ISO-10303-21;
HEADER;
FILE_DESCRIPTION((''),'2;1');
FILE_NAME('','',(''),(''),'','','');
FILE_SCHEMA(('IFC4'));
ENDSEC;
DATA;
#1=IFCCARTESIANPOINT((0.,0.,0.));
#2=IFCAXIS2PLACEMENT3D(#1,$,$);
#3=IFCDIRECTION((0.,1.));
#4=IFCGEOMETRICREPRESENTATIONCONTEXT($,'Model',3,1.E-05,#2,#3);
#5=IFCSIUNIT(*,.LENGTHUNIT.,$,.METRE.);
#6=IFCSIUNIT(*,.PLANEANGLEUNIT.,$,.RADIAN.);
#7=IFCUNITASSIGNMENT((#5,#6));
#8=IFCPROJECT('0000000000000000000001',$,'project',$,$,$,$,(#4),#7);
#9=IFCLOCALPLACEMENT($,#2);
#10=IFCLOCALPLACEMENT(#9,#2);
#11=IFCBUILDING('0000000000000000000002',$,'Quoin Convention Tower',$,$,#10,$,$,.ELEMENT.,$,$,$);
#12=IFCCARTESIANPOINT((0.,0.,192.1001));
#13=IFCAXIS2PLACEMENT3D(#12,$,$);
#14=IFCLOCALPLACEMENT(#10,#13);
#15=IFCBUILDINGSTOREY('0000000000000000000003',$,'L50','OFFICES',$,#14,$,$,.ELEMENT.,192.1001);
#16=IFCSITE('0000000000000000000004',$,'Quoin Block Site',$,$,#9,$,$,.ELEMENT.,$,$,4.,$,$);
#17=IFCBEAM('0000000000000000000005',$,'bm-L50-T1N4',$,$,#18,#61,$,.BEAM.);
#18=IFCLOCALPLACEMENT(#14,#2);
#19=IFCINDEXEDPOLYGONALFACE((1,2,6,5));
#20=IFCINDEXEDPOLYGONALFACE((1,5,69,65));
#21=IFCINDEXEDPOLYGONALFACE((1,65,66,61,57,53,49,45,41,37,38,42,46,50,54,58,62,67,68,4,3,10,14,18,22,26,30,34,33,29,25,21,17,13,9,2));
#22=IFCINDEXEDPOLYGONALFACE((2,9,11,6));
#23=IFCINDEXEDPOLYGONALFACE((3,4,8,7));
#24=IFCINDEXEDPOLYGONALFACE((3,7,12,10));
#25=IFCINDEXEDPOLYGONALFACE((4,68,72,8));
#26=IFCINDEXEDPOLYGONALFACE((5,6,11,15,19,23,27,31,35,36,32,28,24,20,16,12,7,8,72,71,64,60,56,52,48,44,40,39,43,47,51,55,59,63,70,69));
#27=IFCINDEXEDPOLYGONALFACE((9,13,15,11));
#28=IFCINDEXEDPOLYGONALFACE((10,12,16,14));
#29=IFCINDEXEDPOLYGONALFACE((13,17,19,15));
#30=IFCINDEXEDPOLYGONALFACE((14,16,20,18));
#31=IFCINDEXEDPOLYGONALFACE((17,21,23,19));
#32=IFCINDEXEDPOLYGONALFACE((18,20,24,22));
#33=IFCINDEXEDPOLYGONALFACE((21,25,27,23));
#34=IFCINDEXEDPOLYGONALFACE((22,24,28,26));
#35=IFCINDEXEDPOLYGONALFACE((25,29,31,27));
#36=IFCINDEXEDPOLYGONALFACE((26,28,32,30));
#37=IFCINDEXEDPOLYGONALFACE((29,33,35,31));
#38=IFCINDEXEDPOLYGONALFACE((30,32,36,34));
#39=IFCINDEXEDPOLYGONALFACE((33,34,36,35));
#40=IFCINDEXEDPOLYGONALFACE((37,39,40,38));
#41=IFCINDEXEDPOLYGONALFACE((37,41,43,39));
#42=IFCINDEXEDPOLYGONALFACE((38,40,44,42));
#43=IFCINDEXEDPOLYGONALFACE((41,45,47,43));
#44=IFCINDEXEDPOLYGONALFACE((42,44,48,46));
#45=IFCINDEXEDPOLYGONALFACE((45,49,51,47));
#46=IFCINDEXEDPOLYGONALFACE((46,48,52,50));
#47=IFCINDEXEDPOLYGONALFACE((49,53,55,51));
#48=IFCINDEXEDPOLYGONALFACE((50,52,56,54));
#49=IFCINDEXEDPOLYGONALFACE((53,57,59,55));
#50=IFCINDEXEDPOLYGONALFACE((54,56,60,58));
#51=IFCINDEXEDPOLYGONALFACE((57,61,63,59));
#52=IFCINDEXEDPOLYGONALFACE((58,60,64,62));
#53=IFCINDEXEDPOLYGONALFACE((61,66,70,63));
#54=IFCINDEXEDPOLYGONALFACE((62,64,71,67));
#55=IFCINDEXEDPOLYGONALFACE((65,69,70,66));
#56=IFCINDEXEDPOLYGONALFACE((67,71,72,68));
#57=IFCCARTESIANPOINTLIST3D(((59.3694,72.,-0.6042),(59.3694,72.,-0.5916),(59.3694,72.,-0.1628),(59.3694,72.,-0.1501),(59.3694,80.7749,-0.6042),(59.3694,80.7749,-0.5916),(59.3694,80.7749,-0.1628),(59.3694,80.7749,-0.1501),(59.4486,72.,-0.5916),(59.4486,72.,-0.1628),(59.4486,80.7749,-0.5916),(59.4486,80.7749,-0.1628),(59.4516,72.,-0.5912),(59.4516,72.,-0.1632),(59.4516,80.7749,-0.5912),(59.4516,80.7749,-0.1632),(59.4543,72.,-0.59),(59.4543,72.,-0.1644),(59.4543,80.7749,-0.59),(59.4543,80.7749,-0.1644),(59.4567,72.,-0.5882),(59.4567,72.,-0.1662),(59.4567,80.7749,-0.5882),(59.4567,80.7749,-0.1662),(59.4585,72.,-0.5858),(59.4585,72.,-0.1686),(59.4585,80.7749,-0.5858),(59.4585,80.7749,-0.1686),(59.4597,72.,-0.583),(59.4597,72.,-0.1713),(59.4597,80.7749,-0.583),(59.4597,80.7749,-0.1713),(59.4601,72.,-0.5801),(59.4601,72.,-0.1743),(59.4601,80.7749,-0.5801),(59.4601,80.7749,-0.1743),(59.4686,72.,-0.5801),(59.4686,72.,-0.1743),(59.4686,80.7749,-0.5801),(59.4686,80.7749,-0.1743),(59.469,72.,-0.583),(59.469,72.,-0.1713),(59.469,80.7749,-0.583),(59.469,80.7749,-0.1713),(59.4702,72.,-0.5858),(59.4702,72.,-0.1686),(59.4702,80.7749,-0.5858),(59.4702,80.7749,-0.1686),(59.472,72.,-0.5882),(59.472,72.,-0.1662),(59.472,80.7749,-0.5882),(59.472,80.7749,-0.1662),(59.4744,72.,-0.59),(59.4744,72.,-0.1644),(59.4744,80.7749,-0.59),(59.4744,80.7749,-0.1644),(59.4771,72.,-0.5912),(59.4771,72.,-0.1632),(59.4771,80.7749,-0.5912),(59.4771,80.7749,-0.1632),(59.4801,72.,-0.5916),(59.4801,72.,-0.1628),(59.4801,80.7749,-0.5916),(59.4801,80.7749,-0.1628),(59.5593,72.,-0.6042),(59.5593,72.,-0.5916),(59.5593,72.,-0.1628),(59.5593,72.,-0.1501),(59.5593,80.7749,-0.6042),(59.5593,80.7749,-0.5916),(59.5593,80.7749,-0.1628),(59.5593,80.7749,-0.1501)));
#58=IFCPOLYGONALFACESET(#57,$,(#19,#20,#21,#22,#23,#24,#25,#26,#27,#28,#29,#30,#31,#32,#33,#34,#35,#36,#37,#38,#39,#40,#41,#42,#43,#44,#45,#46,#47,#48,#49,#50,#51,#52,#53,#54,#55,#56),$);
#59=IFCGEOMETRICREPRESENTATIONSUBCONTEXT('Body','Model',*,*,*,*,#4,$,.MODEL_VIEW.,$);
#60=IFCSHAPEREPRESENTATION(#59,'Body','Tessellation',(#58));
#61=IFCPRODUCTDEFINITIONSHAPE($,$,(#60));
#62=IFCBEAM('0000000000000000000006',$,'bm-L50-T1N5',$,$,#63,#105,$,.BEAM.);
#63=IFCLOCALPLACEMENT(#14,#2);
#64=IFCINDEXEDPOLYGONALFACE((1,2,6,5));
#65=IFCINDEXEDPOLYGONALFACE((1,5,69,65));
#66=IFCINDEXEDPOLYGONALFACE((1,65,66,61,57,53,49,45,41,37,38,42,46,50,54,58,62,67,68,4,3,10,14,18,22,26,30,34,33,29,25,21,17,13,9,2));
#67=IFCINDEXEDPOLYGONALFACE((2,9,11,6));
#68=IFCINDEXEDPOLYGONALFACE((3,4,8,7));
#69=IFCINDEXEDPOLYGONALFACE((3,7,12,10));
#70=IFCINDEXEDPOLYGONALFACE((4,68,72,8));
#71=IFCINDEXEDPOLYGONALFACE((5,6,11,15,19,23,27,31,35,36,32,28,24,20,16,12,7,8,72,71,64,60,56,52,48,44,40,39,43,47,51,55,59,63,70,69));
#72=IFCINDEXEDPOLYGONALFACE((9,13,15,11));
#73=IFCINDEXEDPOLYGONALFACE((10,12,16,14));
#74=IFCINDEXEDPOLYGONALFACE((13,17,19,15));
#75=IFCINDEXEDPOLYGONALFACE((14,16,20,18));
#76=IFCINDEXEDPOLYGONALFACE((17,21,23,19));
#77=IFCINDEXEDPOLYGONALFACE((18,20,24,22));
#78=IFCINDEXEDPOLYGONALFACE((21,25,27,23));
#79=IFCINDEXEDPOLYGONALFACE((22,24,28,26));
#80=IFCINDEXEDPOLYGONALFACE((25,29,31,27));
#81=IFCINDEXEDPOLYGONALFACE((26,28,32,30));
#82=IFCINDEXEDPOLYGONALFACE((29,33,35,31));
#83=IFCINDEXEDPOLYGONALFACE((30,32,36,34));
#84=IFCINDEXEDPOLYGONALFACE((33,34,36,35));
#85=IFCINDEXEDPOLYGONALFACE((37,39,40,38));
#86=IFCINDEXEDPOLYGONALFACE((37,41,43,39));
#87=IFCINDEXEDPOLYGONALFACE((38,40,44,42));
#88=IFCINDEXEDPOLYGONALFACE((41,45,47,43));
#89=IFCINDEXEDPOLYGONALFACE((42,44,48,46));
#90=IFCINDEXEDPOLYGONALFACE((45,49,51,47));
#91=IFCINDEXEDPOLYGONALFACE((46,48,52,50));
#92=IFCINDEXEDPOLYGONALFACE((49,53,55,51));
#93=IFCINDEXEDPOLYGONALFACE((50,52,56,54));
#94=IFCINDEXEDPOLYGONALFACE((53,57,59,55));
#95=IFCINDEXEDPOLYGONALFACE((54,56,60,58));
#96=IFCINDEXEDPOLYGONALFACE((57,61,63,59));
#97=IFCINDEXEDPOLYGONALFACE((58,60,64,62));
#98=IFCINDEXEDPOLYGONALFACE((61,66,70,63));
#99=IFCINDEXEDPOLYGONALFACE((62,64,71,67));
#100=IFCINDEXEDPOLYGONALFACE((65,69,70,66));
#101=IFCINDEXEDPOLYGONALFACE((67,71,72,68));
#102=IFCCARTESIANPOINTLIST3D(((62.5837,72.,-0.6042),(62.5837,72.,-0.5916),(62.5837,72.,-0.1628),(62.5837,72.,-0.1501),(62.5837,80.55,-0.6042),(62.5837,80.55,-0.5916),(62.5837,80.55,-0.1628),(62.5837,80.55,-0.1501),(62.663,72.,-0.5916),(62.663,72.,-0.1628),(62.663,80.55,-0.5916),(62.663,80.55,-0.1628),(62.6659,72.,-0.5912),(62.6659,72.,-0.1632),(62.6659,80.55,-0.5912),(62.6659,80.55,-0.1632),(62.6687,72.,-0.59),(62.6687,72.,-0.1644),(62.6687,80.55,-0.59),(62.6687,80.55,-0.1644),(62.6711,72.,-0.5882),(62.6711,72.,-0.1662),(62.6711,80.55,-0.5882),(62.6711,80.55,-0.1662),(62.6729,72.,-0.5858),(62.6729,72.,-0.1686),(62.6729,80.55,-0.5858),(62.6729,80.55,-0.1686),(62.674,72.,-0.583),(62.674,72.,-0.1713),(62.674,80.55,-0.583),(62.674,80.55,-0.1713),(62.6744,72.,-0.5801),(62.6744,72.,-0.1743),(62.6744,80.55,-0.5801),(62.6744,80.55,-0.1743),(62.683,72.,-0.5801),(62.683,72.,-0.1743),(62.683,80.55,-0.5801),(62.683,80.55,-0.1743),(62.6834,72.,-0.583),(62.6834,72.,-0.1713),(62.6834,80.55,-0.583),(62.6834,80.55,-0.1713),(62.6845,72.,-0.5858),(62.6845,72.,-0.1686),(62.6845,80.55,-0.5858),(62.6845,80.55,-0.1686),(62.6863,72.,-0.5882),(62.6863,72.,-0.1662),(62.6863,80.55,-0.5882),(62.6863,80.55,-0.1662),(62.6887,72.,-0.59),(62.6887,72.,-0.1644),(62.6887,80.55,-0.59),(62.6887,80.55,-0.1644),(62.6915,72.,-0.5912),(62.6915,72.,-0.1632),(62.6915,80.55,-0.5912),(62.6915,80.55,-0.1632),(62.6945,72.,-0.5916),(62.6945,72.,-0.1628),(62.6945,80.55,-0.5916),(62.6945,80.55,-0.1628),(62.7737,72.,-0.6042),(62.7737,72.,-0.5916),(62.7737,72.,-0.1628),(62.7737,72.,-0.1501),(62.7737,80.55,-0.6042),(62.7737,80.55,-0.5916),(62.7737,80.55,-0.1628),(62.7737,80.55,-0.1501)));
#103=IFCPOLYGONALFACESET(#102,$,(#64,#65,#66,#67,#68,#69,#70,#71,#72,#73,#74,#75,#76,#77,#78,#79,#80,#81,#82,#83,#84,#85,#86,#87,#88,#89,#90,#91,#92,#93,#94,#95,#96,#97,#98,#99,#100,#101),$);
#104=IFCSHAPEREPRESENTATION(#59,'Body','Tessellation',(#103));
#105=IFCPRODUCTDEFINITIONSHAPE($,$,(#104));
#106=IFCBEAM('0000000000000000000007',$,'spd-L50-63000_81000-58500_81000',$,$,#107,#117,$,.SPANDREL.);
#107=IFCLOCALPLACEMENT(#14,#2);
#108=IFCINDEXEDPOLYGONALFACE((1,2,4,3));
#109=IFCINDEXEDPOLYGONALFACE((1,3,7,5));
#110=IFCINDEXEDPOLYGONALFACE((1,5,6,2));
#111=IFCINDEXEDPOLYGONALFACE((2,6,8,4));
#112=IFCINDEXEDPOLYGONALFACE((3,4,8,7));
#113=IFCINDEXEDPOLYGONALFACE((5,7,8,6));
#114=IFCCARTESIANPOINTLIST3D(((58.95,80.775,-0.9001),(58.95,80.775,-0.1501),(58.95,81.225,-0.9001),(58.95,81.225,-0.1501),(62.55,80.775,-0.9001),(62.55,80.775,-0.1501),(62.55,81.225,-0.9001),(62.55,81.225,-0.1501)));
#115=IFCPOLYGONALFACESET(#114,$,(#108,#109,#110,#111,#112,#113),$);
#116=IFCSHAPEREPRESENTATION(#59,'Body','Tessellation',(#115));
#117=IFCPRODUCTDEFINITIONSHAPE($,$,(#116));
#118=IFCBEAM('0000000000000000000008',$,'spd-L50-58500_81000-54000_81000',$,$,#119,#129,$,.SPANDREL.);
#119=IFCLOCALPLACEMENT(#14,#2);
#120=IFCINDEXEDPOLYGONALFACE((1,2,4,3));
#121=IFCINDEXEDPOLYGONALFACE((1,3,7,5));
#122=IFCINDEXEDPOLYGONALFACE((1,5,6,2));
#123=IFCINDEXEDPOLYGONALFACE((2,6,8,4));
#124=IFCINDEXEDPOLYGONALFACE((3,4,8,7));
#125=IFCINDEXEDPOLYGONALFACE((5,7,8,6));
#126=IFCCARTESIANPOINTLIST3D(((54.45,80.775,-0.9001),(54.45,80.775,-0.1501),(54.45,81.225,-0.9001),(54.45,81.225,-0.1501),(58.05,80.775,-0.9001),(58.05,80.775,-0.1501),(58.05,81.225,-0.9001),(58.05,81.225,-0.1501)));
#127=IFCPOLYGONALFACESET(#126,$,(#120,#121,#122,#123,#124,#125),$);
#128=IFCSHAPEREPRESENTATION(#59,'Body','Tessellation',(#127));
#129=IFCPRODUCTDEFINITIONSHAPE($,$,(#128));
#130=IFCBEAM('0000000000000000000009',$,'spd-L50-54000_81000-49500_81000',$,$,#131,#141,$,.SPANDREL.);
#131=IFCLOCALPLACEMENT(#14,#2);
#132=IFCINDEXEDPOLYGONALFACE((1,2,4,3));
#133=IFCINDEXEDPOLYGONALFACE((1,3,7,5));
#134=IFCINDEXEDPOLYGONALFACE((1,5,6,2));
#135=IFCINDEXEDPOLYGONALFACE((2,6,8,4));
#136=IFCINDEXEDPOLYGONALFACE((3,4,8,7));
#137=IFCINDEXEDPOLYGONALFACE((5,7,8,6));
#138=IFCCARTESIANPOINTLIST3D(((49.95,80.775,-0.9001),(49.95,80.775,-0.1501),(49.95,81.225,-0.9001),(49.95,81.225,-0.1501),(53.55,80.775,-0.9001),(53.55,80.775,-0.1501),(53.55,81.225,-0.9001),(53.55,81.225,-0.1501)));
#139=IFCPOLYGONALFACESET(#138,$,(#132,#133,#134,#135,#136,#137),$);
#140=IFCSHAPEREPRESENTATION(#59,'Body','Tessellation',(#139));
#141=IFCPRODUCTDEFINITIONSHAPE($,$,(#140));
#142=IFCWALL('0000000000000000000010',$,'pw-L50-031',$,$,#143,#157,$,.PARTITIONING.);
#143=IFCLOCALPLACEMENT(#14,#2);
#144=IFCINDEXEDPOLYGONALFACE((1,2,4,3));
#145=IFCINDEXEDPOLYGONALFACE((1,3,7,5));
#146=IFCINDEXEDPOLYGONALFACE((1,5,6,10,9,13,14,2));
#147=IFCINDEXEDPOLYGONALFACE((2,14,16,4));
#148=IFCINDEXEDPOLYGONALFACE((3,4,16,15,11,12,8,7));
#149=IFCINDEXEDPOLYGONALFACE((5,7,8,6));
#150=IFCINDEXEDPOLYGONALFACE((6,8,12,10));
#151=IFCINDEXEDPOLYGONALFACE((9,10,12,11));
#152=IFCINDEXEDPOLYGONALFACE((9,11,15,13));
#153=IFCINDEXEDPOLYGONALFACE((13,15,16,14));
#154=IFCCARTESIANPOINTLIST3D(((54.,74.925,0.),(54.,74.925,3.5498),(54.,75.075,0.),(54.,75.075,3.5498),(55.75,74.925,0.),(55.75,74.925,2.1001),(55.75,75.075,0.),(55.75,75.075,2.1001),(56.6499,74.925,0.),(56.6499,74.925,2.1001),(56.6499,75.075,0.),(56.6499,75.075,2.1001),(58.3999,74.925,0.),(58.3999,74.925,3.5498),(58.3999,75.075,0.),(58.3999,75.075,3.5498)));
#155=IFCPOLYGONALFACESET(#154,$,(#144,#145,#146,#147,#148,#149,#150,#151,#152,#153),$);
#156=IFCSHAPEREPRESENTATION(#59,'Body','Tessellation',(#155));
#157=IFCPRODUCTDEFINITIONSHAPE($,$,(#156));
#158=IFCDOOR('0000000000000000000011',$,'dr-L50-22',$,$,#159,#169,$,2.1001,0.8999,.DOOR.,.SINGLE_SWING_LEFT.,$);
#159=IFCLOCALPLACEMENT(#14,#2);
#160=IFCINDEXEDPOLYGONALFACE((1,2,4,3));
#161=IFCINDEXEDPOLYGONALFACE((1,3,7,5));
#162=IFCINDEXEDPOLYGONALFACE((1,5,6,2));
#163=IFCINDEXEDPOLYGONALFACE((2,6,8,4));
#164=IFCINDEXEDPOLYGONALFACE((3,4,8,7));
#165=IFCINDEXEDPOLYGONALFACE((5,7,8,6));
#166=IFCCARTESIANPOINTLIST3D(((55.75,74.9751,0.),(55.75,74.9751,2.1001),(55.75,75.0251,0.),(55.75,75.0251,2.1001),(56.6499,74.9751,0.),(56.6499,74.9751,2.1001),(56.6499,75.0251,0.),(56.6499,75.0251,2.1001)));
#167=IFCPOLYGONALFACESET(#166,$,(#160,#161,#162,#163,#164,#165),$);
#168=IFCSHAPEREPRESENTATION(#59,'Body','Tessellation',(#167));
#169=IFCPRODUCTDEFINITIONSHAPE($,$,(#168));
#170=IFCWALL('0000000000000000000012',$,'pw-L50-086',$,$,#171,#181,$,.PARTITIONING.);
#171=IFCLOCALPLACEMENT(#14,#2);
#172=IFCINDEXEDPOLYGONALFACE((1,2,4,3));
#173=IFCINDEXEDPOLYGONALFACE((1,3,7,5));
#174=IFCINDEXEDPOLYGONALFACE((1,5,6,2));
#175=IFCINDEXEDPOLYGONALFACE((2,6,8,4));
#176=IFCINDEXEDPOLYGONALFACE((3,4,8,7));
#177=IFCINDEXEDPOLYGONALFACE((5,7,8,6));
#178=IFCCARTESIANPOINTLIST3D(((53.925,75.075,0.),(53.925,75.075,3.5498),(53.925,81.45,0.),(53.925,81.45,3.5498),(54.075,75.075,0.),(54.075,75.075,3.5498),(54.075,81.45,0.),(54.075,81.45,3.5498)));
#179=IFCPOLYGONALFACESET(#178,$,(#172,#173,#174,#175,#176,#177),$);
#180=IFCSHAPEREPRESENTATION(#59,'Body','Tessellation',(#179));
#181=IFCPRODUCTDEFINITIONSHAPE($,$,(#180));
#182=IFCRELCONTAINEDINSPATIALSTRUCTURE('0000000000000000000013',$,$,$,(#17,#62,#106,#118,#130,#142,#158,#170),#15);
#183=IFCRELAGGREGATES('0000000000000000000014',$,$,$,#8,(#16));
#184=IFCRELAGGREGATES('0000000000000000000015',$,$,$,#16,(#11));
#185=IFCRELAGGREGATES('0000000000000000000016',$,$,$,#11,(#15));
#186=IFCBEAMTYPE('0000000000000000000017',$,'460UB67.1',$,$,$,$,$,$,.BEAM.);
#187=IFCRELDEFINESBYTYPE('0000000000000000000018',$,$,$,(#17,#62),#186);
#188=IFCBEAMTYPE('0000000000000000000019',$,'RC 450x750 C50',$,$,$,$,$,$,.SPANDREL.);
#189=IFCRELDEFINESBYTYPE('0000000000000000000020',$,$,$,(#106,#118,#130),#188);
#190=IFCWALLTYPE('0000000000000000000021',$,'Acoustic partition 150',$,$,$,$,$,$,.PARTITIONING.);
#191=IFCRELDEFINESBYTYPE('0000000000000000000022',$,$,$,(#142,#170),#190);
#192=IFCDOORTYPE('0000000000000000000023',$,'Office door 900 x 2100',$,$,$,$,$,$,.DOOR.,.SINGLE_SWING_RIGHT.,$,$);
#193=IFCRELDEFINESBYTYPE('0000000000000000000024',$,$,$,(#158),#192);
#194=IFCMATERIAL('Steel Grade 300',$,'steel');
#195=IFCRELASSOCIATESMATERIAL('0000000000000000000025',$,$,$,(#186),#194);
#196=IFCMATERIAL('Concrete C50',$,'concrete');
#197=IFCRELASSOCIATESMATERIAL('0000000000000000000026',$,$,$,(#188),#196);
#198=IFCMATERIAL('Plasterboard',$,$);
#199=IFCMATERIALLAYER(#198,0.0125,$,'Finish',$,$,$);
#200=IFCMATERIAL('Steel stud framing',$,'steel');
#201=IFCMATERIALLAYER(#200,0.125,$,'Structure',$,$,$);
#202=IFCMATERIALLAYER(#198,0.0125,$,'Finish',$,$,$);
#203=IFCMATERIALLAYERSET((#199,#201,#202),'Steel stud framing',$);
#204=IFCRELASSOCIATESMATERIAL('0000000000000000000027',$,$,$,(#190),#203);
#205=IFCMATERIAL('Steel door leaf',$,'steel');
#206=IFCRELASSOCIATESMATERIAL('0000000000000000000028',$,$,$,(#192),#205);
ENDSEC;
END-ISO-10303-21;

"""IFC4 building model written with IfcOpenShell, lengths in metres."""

from ifc_helpers import new_model, si_unit, direction, frame, frame_2d, origin, origin_2d, place, context, subcontext, project, spatial, rectangle, i_section, extrude, material, layer, layer_set, material_profile, profile_set, type_object, element, fill, save


model = new_model("IFC4")

# Units and contexts
model_context = context("Model", 3, precision=1e-05, world=origin(), true_north=direction((0.0, 1.0)))
body_context = subcontext(model_context, "Body", "Model", "MODEL_VIEW")
ifc_project = project(units=[si_unit("LENGTHUNIT", "METRE"), si_unit("PLANEANGLEUNIT", "RADIAN")], contexts=[model_context])

# Site, building, storey
site_placement = place(None, origin())
site = spatial("IfcSite", under=ifc_project, at=site_placement, Name="Quoin Block Site", CompositionType="ELEMENT", RefElevation=4.0)
building_placement = place(site_placement, origin())
building = spatial("IfcBuilding", under=site, at=building_placement, Name="Quoin Convention Tower", CompositionType="ELEMENT")
storey_placement = place(building_placement, frame((0.0, 0.0, 192.1001)))
storey = spatial("IfcBuildingStorey", under=building, at=storey_placement, Name="L50", Description="OFFICES", CompositionType="ELEMENT", Elevation=192.1001)

# Shared definitions
ifc_material_1 = material(Name="Concrete C50", Category="concrete")

# Beams
ifc_material_2 = material(Name="Steel Grade 300", Category="steel")
ifc_material_profile_1 = material_profile(ifc_material_2, i_section(OverallWidth=0.1899, OverallDepth=0.4541, WebThickness=0.0085, FlangeThickness=0.0127, FilletRadius=0.0115, at=origin_2d()), Name="460UB67.1")
ifc_profile_set_1 = profile_set([ifc_material_profile_1], Name="Steel Grade 300")
beam_type_1 = type_object("IfcBeamType", Name="460UB67.1", PredefinedType="BEAM", material=ifc_profile_set_1)
for number, where, z_axis, x_axis, name in (
    (1, (59.4644, 72.0, -0.3772), (0.0, 1.0, 0.0), (-1.0, 0.0, 0.0), "bm-L50-T1N4"),
):
    element("IfcBeam", number, at=place(storey_placement, frame(where, z_axis=z_axis, x_axis=x_axis)), inside=storey, type_object=beam_type_1, Name=name, PredefinedType="BEAM", context=body_context, shape_type="SweptSolid", body=[
        extrude(i_section(OverallWidth=0.1899, OverallDepth=0.4541, WebThickness=0.0085, FlangeThickness=0.0127, FilletRadius=0.0115, at=origin_2d()), origin(), (0.0, 0.0, 1.0), 8.7749),
    ])
beam_1_placement = place(storey_placement, frame((62.6787, 72.0, -0.3772), z_axis=(0.0, 1.0, 0.0), x_axis=(-1.0, 0.0, 0.0)))
element("IfcBeam", 2, at=beam_1_placement, inside=storey, type_object=beam_type_1, Name="bm-L50-T1N5", PredefinedType="BEAM", context=body_context, shape_type="SweptSolid", body=[
    extrude(i_section(OverallWidth=0.1899, OverallDepth=0.4541, WebThickness=0.0085, FlangeThickness=0.0127, FilletRadius=0.0115, at=origin_2d()), origin(), (0.0, 0.0, 1.0), 8.55),
])
ifc_material_profile_2 = material_profile(ifc_material_1, rectangle(XDim=0.45, YDim=0.75, at=origin_2d()), Name="RC 450x750")
ifc_profile_set_2 = profile_set([ifc_material_profile_2], Name="Concrete C50")
beam_type_2 = type_object("IfcBeamType", Name="RC 450x750 C50", PredefinedType="SPANDREL", material=ifc_profile_set_2)
for number, where, z_axis, x_axis, name in (
    (3, (62.55, 81.0, -0.5251), (-1.0, 0.0, 0.0), (0.0, -1.0, 0.0), "spd-L50-63000_81000-58500_81000"),
    (4, (58.05, 81.0, -0.5251), (-1.0, 0.0, 0.0), (0.0, -1.0, 0.0), "spd-L50-58500_81000-54000_81000"),
    (5, (53.55, 81.0, -0.5251), (-1.0, 0.0, 0.0), (0.0, -1.0, 0.0), "spd-L50-54000_81000-49500_81000"),
):
    element("IfcBeam", number, at=place(storey_placement, frame(where, z_axis=z_axis, x_axis=x_axis)), inside=storey, type_object=beam_type_2, Name=name, PredefinedType="SPANDREL", context=body_context, shape_type="SweptSolid", body=[
        extrude(rectangle(XDim=0.45, YDim=0.75, at=origin_2d()), origin(), (0.0, 0.0, 1.0), 3.6001),
    ])

# Wall, opening, door
ifc_material_3 = material(Name="Plasterboard")
ifc_layer_1 = layer(ifc_material_3, 0.0125, Name="Finish")
ifc_material_4 = material(Name="Steel stud framing", Category="steel")
ifc_layer_2 = layer(ifc_material_4, 0.125, Name="Structure")
ifc_layer_3 = layer(ifc_material_3, 0.0125, Name="Finish")
ifc_layer_set_1 = layer_set([ifc_layer_1, ifc_layer_2, ifc_layer_3], Name="Steel stud framing")
wall_type_1 = type_object("IfcWallType", Name="Acoustic partition 150", PredefinedType="PARTITIONING", material=ifc_layer_set_1)
wall_1_placement = place(storey_placement, frame((54.0, 75.0, 0.0), z_axis=(0.0, 0.0, 1.0), x_axis=(1.0, 0.0, 0.0)))
wall_1 = element("IfcWall", 6, at=wall_1_placement, inside=storey, type_object=wall_type_1, Name="pw-L50-031", PredefinedType="PARTITIONING", context=body_context, shape_type="SweptSolid", body=[
    extrude(rectangle(XDim=4.3999, YDim=0.1499, at=frame_2d((2.2, 0.0))), origin(), (0.0, 0.0, 1.0), 3.5498),
])
opening_1_placement = place(wall_1_placement, frame((1.75, 0.0, 0.0)))
opening_1 = element("IfcOpeningElement", 7, at=opening_1_placement, cuts=wall_1, PredefinedType="OPENING", context=body_context, shape_type="SweptSolid", body=[
    extrude(rectangle(XDim=0.8999, YDim=2.1001, at=frame_2d((0.45, 1.05))), frame((0.0, 0.085, 0.0), z_axis=(0.0, -1.0, 0.0), x_axis=(1.0, 0.0, 0.0)), (0.0, 0.0, 1.0), 0.1699),
])
ifc_material_5 = material(Name="Steel door leaf", Category="steel")
door_type = type_object("IfcDoorType", Name="Office door 900 x 2100", OperationType="SINGLE_SWING_RIGHT", PredefinedType="DOOR", material=ifc_material_5)
door_1_placement = place(opening_1_placement, frame((0.8999, 0.0, 0.0), z_axis=(0.0, 0.0, 1.0), x_axis=(-1.0, 0.0, 0.0)))
door_1 = element("IfcDoor", 8, at=door_1_placement, inside=storey, type_object=door_type, Name="dr-L50-22", OperationType="SINGLE_SWING_LEFT", OverallHeight=2.1001, OverallWidth=0.8999, PredefinedType="DOOR", context=body_context, shape_type="SweptSolid", body=[
    extrude(rectangle(XDim=0.8999, YDim=2.1001, at=frame_2d((0.45, 1.05))), frame((0.0, 0.0249, 0.0), z_axis=(0.0, -1.0, 0.0), x_axis=(1.0, 0.0, 0.0)), (0.0, 0.0, 1.0), 0.05),
])
fill(opening_1, door_1)

# Wall
wall_2_placement = place(storey_placement, frame((54.0, 75.075, 0.0), z_axis=(0.0, 0.0, 1.0), x_axis=(0.0, 1.0, 0.0)))
element("IfcWall", 9, at=wall_2_placement, inside=storey, type_object=wall_type_1, Name="pw-L50-086", PredefinedType="PARTITIONING", context=body_context, shape_type="SweptSolid", body=[
    extrude(rectangle(XDim=6.375, YDim=0.1499, at=frame_2d((3.1875, 0.0))), origin(), (0.0, 0.0, 1.0), 3.5498),
])

save(model, "model.ifc")
